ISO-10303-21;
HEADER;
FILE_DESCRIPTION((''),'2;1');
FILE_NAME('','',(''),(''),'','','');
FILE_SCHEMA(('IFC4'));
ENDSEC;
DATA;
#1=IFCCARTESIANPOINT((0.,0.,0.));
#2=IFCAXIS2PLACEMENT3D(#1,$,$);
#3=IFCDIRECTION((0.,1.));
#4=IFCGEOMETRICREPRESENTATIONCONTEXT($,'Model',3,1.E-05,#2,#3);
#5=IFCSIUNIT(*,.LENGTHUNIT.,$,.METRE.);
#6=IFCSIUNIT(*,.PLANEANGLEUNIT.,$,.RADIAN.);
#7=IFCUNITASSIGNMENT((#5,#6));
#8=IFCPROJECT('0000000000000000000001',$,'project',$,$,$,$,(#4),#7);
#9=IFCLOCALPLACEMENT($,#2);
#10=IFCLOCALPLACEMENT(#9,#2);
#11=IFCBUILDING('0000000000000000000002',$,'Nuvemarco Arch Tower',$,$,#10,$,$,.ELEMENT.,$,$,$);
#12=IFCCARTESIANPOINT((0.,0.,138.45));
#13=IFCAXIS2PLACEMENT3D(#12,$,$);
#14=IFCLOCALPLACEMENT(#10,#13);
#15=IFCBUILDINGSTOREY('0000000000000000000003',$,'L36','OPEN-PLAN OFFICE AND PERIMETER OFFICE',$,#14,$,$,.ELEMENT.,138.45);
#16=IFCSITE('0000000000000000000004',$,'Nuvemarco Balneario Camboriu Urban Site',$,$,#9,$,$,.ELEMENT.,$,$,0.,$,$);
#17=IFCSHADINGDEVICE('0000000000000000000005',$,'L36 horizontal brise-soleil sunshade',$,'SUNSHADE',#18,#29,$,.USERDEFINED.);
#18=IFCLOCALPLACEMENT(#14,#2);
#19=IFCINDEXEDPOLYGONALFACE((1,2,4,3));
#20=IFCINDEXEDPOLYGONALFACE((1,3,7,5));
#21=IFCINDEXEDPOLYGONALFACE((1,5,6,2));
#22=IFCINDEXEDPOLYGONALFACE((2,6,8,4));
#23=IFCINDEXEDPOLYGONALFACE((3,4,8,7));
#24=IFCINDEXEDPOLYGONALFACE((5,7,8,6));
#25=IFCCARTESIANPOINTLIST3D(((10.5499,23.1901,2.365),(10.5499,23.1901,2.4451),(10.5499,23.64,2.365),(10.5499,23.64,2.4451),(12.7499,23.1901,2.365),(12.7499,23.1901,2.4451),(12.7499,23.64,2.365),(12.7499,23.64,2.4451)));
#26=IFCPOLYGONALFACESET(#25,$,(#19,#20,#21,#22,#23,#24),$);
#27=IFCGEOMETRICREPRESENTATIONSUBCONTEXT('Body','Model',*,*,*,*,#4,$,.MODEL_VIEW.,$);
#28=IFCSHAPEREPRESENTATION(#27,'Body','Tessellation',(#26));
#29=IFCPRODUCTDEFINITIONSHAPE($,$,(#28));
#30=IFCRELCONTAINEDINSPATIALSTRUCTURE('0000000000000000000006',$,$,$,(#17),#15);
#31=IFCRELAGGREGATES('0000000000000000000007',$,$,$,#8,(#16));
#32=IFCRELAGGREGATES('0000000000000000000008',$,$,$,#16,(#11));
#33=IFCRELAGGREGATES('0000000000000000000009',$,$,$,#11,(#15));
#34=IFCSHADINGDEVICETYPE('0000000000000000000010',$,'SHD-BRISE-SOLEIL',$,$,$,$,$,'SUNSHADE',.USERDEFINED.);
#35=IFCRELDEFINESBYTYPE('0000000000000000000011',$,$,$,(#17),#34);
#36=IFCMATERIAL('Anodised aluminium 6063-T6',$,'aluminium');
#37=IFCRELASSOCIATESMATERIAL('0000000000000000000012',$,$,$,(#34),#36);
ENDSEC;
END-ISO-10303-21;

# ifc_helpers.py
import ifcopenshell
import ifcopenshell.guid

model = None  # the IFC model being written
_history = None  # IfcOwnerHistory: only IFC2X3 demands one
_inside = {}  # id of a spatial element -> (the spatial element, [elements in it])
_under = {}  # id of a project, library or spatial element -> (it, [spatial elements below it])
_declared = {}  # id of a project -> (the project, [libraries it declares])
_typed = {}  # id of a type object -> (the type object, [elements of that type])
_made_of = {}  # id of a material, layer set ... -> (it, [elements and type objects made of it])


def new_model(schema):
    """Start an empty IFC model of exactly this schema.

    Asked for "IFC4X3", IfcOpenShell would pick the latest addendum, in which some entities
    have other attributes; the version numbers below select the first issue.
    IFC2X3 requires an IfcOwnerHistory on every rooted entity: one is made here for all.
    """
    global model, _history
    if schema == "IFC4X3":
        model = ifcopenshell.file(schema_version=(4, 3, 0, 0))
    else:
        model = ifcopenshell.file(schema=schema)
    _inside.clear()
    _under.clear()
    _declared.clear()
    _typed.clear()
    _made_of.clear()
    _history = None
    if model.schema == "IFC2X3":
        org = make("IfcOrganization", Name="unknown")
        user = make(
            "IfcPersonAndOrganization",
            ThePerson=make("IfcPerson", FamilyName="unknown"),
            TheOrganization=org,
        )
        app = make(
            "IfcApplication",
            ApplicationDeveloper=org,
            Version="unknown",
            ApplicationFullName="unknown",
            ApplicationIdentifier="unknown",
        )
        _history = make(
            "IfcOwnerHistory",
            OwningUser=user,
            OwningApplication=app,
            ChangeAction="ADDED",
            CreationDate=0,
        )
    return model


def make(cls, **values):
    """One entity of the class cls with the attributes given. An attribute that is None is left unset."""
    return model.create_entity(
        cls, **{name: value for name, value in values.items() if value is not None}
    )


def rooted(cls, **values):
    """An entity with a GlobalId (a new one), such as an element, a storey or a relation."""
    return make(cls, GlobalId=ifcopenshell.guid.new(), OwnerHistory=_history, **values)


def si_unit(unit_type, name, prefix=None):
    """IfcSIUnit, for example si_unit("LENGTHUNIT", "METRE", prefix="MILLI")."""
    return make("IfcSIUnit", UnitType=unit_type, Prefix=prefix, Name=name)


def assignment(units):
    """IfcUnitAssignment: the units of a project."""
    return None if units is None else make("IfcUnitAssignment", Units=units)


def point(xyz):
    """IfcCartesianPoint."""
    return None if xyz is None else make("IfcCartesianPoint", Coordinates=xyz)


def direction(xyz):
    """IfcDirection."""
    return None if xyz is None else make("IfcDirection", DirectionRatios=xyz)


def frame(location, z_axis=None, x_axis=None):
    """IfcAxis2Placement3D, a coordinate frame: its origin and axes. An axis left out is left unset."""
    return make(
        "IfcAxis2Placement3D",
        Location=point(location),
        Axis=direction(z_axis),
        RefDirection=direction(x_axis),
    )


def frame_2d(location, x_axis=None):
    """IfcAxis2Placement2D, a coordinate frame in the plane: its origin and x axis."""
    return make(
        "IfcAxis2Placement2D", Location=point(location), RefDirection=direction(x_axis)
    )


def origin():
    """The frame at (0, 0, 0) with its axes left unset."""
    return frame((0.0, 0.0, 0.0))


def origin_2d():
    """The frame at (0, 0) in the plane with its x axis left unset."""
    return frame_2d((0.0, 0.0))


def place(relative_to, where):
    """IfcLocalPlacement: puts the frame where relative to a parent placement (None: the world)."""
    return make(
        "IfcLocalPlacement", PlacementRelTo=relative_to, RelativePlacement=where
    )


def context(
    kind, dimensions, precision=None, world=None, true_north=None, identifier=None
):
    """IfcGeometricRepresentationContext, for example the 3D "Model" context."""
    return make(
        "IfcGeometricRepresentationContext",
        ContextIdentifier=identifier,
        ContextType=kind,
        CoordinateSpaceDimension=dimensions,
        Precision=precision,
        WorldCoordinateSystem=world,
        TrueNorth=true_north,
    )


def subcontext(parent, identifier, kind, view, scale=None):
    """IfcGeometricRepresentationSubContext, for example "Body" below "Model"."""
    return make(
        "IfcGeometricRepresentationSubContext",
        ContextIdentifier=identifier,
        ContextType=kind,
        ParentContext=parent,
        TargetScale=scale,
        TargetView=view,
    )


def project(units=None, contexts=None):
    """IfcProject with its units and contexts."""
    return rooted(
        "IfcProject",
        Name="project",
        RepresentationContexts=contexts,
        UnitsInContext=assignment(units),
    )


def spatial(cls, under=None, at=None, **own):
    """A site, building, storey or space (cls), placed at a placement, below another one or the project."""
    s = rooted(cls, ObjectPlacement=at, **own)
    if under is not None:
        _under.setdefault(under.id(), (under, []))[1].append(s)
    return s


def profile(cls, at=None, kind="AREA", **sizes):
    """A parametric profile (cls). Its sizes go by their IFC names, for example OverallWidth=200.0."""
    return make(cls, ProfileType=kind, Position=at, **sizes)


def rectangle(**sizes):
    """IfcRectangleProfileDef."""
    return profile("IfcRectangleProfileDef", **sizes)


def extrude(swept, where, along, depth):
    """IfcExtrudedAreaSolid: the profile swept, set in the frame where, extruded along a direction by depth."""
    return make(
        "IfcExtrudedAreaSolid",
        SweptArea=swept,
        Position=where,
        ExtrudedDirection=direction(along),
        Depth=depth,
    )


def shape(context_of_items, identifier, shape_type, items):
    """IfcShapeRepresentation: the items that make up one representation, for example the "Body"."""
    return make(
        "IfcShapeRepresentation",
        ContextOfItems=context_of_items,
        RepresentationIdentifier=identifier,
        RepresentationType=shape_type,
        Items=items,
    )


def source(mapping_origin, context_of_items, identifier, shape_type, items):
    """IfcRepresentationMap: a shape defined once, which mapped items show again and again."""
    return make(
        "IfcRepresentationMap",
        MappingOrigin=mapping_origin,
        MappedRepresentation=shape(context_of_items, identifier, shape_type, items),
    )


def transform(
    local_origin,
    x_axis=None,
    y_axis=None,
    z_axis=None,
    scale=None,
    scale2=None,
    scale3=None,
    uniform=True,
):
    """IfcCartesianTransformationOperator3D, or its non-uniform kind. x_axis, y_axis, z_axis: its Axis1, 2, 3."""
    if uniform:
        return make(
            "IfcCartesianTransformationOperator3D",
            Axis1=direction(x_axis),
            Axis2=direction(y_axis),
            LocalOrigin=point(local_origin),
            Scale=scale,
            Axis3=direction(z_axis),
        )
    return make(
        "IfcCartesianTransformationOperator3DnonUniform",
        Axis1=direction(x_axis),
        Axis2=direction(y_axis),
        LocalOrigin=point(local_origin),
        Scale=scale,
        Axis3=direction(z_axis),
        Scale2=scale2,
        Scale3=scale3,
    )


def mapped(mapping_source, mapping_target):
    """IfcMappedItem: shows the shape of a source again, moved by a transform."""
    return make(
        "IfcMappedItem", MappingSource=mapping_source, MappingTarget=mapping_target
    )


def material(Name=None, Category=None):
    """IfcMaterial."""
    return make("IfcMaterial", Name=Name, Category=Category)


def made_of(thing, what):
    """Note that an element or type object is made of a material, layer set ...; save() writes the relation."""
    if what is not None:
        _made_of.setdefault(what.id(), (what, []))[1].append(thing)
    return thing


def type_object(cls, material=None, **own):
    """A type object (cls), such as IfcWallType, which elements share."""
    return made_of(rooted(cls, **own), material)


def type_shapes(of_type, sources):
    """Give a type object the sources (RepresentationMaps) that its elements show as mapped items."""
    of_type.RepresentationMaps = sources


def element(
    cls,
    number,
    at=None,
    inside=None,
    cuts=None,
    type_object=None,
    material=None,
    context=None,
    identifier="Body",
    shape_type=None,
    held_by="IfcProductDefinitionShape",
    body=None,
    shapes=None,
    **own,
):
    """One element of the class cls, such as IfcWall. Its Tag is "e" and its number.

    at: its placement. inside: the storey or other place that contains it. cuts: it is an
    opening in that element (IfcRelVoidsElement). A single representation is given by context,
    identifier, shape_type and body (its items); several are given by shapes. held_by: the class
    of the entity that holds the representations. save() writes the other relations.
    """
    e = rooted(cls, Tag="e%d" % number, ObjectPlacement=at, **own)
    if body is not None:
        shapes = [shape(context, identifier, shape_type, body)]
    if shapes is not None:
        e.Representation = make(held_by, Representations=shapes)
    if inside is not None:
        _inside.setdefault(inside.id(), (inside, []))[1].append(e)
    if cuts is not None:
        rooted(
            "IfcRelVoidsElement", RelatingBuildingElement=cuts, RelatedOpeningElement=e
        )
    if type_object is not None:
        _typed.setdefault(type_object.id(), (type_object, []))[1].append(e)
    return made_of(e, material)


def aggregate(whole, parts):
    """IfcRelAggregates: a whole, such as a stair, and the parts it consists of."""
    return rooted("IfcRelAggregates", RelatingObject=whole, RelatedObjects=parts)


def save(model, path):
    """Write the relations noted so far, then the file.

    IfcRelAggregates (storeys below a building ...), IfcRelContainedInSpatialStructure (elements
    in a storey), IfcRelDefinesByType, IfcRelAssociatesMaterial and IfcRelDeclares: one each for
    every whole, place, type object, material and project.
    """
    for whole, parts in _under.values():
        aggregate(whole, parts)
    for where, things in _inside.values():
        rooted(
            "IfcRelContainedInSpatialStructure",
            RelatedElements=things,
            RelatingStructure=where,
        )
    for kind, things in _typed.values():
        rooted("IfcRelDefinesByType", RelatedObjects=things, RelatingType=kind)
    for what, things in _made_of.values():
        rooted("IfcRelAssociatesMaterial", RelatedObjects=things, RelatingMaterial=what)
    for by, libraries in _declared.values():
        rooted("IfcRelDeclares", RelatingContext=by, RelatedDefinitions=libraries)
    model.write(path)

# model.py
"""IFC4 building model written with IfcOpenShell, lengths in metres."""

from ifc_helpers import new_model, si_unit, direction, frame, origin, origin_2d, place, context, subcontext, project, spatial, rectangle, extrude, source, transform, mapped, material, type_object, type_shapes, element, save


model = new_model("IFC4")

# Units and contexts
model_context = context("Model", 3, precision=1e-05, world=origin(), true_north=direction((0.0, 1.0)))
body_context = subcontext(model_context, "Body", "Model", "MODEL_VIEW")
ifc_project = project(units=[si_unit("LENGTHUNIT", "METRE"), si_unit("PLANEANGLEUNIT", "RADIAN")], contexts=[model_context])

# Site, building, storey
site_placement = place(None, origin())
site = spatial("IfcSite", under=ifc_project, at=site_placement, Name="Nuvemarco Balneario Camboriu Urban Site", CompositionType="ELEMENT", RefElevation=0.0)
building_placement = place(site_placement, origin())
building = spatial("IfcBuilding", under=site, at=building_placement, Name="Nuvemarco Arch Tower", CompositionType="ELEMENT")
storey_placement = place(building_placement, frame((0.0, 0.0, 138.45)))
storey = spatial("IfcBuildingStorey", under=building, at=storey_placement, Name="L36", Description="OPEN-PLAN OFFICE AND PERIMETER OFFICE", CompositionType="ELEMENT", Elevation=138.45)

# Shading device
ifc_material_1 = material(Name="Anodised aluminium 6063-T6", Category="aluminium")
shading_device_type = type_object("IfcShadingDeviceType", Name="SHD-BRISE-SOLEIL", ElementType="SUNSHADE", PredefinedType="USERDEFINED", material=ifc_material_1)
shared_shape_1 = source(origin(), body_context, "Body", "SweptSolid", [
    extrude(rectangle(XDim=2.2, YDim=0.45, at=origin_2d()), origin(), (0.0, 0.0, 1.0), 0.0801),
])
type_shapes(shading_device_type, [shared_shape_1])
for number, where, z_axis, x_axis, name in (
    (1, (11.6499, 23.415, 2.365), (0.0, 0.0, 1.0), (1.0, 0.0, 0.0), "L36 horizontal brise-soleil sunshade"),
):
    element("IfcShadingDevice", number, at=place(storey_placement, frame(where, z_axis=z_axis, x_axis=x_axis)), inside=storey, type_object=shading_device_type, Name=name, ObjectType="SUNSHADE", PredefinedType="USERDEFINED", context=body_context, shape_type="MappedRepresentation", body=[
        mapped(shared_shape_1, transform((0.0, 0.0, 0.0), scale=1.0)),
    ])

save(model, "model.ifc")
